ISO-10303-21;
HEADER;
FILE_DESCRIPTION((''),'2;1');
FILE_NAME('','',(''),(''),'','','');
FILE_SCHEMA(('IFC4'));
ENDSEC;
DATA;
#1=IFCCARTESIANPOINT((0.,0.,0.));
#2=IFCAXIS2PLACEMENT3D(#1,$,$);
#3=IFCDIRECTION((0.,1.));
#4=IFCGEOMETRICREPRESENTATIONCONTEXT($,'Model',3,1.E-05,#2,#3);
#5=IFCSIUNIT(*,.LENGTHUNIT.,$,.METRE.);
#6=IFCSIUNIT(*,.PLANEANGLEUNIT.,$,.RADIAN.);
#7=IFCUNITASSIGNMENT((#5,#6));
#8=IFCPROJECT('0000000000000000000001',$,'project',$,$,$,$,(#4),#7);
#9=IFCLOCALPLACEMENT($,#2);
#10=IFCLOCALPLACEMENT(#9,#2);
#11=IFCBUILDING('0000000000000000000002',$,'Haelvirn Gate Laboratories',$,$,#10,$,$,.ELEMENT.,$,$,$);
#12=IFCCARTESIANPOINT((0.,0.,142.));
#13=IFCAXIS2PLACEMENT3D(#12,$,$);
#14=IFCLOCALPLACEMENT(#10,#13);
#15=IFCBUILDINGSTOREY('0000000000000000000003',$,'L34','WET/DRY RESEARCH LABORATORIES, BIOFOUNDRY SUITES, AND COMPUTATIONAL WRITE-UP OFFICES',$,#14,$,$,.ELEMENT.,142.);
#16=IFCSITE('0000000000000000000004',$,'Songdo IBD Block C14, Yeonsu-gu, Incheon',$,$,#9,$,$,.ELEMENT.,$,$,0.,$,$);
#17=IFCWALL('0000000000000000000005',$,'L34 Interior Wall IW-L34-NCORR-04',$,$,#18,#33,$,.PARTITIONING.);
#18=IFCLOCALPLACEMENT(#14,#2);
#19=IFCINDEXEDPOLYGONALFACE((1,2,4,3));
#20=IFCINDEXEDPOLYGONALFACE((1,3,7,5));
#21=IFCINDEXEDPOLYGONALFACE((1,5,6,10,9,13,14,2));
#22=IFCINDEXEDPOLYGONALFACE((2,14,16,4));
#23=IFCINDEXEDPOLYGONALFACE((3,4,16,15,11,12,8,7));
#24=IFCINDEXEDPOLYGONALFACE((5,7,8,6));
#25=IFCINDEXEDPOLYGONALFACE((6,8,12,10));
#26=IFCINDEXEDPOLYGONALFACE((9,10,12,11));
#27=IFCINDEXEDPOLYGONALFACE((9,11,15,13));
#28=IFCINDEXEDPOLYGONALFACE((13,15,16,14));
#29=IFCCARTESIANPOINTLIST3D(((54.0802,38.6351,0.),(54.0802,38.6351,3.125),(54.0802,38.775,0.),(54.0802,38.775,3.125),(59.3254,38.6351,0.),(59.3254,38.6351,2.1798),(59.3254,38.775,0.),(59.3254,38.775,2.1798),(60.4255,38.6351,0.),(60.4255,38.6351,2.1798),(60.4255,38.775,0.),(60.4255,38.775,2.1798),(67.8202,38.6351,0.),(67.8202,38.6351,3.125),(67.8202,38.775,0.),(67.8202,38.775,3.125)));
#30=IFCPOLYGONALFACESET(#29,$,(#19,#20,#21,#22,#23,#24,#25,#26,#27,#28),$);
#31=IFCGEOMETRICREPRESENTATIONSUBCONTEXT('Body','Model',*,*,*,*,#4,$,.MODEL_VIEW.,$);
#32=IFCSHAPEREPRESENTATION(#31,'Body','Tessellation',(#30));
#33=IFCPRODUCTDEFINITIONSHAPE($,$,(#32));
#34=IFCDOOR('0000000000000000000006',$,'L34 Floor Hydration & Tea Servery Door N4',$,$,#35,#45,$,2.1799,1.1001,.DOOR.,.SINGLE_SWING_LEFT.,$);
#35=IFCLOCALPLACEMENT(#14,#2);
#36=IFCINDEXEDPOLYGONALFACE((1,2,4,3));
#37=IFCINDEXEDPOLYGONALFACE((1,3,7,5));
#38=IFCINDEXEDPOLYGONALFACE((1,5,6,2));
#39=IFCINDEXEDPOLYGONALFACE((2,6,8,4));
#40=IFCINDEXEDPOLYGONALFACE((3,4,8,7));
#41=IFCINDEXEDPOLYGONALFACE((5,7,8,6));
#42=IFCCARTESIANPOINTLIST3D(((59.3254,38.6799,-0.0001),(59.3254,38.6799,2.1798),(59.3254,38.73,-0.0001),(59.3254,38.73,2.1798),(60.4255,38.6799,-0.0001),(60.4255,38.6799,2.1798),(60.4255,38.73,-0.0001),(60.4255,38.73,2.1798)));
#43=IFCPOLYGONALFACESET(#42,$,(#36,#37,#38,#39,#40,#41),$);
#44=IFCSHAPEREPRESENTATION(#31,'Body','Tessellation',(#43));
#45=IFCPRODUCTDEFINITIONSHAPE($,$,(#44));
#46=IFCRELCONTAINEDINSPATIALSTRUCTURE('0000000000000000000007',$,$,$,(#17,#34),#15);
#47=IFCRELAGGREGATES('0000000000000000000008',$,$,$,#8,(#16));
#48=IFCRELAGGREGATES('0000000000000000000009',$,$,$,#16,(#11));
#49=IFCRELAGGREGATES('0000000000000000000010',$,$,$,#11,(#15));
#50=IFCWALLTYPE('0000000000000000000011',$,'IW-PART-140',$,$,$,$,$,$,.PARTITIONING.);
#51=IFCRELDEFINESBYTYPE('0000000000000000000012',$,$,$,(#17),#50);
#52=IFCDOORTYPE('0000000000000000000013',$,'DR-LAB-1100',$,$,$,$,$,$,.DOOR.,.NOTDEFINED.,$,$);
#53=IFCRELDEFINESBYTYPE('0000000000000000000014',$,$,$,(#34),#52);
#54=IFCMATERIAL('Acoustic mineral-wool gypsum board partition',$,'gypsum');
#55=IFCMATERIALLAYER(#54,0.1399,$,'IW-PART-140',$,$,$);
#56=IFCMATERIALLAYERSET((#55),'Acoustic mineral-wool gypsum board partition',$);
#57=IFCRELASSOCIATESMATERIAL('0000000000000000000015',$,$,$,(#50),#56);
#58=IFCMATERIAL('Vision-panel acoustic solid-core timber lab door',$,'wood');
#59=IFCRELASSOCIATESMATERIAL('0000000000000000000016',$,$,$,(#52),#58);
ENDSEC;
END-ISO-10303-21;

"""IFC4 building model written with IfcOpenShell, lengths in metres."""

from ifc_helpers import new_model, si_unit, direction, frame, frame_2d, origin, place, context, subcontext, project, spatial, rectangle, extrude, source, transform, mapped, material, layer, layer_set, type_object, type_shapes, element, fill, save


model = new_model("IFC4")

# Units and contexts
model_context = context("Model", 3, precision=1e-05, world=origin(), true_north=direction((0.0, 1.0)))
body_context = subcontext(model_context, "Body", "Model", "MODEL_VIEW")
ifc_project = project(units=[si_unit("LENGTHUNIT", "METRE"), si_unit("PLANEANGLEUNIT", "RADIAN")], contexts=[model_context])

# Site, building, storey
site_placement = place(None, origin())
site = spatial("IfcSite", under=ifc_project, at=site_placement, Name="Songdo IBD Block C14, Yeonsu-gu, Incheon", CompositionType="ELEMENT", RefElevation=0.0)
building_placement = place(site_placement, origin())
building = spatial("IfcBuilding", under=site, at=building_placement, Name="Haelvirn Gate Laboratories", CompositionType="ELEMENT")
storey_placement = place(building_placement, frame((0.0, 0.0, 142.0)))
storey = spatial("IfcBuildingStorey", under=building, at=storey_placement, Name="L34", Description="WET/DRY RESEARCH LABORATORIES, BIOFOUNDRY SUITES, AND COMPUTATIONAL WRITE-UP OFFICES", CompositionType="ELEMENT", Elevation=142.0)

# Wall, opening, door
ifc_material_1 = material(Name="Acoustic mineral-wool gypsum board partition", Category="gypsum")
ifc_layer_1 = layer(ifc_material_1, 0.1399, Name="IW-PART-140")
ifc_layer_set_1 = layer_set([ifc_layer_1], Name="Acoustic mineral-wool gypsum board partition")
wall_type_1 = type_object("IfcWallType", Name="IW-PART-140", PredefinedType="PARTITIONING", material=ifc_layer_set_1)
wall_1_placement = place(storey_placement, frame((54.0801, 38.7051, 0.0), z_axis=(0.0, 0.0, 1.0), x_axis=(1.0, 0.0, 0.0)))
wall_1 = element("IfcWall", 1, at=wall_1_placement, inside=storey, type_object=wall_type_1, Name="L34 Interior Wall IW-L34-NCORR-04", PredefinedType="PARTITIONING", context=body_context, shape_type="SweptSolid", body=[
    extrude(rectangle(XDim=13.74, YDim=0.1399, at=frame_2d((6.8701, 0.0))), origin(), (0.0, 0.0, 1.0), 3.125),
])
opening_placement = place(wall_1_placement, frame((5.2454, 0.0, 0.0)))
opening = element("IfcOpeningElement", 2, at=opening_placement, cuts=wall_1, PredefinedType="OPENING", context=body_context, shape_type="SweptSolid", body=[
    extrude(rectangle(XDim=1.1001, YDim=2.1799, at=frame_2d((0.55, 1.0898))), frame((0.0, 0.0801, 0.0), z_axis=(0.0, -1.0, 0.0), x_axis=(1.0, 0.0, 0.0)), (0.0, 0.0, 1.0), 0.1599),
])
ifc_material_2 = material(Name="Vision-panel acoustic solid-core timber lab door", Category="wood")
door_type = type_object("IfcDoorType", Name="DR-LAB-1100", OperationType="NOTDEFINED", PredefinedType="DOOR", material=ifc_material_2)
shared_shape_1 = source(origin(), body_context, "Body", "SweptSolid", [
    extrude(rectangle(XDim=1.1001, YDim=2.1799, at=frame_2d((0.55, 1.0898))), frame((0.0, 0.0249, 0.0), z_axis=(0.0, -1.0, 0.0), x_axis=(1.0, 0.0, 0.0)), (0.0, 0.0, 1.0), 0.05),
])
type_shapes(door_type, [shared_shape_1])
door_placement = place(opening_placement, origin())
door = element("IfcDoor", 3, at=door_placement, inside=storey, type_object=door_type, Name="L34 Floor Hydration & Tea Servery Door N4", OperationType="SINGLE_SWING_LEFT", OverallHeight=2.1799, OverallWidth=1.1001, PredefinedType="DOOR", context=body_context, shape_type="MappedRepresentation", body=[
    mapped(shared_shape_1, transform((0.0, 0.0, 0.0), scale=1.0)),
])
fill(opening, door)

save(model, "model.ifc")
